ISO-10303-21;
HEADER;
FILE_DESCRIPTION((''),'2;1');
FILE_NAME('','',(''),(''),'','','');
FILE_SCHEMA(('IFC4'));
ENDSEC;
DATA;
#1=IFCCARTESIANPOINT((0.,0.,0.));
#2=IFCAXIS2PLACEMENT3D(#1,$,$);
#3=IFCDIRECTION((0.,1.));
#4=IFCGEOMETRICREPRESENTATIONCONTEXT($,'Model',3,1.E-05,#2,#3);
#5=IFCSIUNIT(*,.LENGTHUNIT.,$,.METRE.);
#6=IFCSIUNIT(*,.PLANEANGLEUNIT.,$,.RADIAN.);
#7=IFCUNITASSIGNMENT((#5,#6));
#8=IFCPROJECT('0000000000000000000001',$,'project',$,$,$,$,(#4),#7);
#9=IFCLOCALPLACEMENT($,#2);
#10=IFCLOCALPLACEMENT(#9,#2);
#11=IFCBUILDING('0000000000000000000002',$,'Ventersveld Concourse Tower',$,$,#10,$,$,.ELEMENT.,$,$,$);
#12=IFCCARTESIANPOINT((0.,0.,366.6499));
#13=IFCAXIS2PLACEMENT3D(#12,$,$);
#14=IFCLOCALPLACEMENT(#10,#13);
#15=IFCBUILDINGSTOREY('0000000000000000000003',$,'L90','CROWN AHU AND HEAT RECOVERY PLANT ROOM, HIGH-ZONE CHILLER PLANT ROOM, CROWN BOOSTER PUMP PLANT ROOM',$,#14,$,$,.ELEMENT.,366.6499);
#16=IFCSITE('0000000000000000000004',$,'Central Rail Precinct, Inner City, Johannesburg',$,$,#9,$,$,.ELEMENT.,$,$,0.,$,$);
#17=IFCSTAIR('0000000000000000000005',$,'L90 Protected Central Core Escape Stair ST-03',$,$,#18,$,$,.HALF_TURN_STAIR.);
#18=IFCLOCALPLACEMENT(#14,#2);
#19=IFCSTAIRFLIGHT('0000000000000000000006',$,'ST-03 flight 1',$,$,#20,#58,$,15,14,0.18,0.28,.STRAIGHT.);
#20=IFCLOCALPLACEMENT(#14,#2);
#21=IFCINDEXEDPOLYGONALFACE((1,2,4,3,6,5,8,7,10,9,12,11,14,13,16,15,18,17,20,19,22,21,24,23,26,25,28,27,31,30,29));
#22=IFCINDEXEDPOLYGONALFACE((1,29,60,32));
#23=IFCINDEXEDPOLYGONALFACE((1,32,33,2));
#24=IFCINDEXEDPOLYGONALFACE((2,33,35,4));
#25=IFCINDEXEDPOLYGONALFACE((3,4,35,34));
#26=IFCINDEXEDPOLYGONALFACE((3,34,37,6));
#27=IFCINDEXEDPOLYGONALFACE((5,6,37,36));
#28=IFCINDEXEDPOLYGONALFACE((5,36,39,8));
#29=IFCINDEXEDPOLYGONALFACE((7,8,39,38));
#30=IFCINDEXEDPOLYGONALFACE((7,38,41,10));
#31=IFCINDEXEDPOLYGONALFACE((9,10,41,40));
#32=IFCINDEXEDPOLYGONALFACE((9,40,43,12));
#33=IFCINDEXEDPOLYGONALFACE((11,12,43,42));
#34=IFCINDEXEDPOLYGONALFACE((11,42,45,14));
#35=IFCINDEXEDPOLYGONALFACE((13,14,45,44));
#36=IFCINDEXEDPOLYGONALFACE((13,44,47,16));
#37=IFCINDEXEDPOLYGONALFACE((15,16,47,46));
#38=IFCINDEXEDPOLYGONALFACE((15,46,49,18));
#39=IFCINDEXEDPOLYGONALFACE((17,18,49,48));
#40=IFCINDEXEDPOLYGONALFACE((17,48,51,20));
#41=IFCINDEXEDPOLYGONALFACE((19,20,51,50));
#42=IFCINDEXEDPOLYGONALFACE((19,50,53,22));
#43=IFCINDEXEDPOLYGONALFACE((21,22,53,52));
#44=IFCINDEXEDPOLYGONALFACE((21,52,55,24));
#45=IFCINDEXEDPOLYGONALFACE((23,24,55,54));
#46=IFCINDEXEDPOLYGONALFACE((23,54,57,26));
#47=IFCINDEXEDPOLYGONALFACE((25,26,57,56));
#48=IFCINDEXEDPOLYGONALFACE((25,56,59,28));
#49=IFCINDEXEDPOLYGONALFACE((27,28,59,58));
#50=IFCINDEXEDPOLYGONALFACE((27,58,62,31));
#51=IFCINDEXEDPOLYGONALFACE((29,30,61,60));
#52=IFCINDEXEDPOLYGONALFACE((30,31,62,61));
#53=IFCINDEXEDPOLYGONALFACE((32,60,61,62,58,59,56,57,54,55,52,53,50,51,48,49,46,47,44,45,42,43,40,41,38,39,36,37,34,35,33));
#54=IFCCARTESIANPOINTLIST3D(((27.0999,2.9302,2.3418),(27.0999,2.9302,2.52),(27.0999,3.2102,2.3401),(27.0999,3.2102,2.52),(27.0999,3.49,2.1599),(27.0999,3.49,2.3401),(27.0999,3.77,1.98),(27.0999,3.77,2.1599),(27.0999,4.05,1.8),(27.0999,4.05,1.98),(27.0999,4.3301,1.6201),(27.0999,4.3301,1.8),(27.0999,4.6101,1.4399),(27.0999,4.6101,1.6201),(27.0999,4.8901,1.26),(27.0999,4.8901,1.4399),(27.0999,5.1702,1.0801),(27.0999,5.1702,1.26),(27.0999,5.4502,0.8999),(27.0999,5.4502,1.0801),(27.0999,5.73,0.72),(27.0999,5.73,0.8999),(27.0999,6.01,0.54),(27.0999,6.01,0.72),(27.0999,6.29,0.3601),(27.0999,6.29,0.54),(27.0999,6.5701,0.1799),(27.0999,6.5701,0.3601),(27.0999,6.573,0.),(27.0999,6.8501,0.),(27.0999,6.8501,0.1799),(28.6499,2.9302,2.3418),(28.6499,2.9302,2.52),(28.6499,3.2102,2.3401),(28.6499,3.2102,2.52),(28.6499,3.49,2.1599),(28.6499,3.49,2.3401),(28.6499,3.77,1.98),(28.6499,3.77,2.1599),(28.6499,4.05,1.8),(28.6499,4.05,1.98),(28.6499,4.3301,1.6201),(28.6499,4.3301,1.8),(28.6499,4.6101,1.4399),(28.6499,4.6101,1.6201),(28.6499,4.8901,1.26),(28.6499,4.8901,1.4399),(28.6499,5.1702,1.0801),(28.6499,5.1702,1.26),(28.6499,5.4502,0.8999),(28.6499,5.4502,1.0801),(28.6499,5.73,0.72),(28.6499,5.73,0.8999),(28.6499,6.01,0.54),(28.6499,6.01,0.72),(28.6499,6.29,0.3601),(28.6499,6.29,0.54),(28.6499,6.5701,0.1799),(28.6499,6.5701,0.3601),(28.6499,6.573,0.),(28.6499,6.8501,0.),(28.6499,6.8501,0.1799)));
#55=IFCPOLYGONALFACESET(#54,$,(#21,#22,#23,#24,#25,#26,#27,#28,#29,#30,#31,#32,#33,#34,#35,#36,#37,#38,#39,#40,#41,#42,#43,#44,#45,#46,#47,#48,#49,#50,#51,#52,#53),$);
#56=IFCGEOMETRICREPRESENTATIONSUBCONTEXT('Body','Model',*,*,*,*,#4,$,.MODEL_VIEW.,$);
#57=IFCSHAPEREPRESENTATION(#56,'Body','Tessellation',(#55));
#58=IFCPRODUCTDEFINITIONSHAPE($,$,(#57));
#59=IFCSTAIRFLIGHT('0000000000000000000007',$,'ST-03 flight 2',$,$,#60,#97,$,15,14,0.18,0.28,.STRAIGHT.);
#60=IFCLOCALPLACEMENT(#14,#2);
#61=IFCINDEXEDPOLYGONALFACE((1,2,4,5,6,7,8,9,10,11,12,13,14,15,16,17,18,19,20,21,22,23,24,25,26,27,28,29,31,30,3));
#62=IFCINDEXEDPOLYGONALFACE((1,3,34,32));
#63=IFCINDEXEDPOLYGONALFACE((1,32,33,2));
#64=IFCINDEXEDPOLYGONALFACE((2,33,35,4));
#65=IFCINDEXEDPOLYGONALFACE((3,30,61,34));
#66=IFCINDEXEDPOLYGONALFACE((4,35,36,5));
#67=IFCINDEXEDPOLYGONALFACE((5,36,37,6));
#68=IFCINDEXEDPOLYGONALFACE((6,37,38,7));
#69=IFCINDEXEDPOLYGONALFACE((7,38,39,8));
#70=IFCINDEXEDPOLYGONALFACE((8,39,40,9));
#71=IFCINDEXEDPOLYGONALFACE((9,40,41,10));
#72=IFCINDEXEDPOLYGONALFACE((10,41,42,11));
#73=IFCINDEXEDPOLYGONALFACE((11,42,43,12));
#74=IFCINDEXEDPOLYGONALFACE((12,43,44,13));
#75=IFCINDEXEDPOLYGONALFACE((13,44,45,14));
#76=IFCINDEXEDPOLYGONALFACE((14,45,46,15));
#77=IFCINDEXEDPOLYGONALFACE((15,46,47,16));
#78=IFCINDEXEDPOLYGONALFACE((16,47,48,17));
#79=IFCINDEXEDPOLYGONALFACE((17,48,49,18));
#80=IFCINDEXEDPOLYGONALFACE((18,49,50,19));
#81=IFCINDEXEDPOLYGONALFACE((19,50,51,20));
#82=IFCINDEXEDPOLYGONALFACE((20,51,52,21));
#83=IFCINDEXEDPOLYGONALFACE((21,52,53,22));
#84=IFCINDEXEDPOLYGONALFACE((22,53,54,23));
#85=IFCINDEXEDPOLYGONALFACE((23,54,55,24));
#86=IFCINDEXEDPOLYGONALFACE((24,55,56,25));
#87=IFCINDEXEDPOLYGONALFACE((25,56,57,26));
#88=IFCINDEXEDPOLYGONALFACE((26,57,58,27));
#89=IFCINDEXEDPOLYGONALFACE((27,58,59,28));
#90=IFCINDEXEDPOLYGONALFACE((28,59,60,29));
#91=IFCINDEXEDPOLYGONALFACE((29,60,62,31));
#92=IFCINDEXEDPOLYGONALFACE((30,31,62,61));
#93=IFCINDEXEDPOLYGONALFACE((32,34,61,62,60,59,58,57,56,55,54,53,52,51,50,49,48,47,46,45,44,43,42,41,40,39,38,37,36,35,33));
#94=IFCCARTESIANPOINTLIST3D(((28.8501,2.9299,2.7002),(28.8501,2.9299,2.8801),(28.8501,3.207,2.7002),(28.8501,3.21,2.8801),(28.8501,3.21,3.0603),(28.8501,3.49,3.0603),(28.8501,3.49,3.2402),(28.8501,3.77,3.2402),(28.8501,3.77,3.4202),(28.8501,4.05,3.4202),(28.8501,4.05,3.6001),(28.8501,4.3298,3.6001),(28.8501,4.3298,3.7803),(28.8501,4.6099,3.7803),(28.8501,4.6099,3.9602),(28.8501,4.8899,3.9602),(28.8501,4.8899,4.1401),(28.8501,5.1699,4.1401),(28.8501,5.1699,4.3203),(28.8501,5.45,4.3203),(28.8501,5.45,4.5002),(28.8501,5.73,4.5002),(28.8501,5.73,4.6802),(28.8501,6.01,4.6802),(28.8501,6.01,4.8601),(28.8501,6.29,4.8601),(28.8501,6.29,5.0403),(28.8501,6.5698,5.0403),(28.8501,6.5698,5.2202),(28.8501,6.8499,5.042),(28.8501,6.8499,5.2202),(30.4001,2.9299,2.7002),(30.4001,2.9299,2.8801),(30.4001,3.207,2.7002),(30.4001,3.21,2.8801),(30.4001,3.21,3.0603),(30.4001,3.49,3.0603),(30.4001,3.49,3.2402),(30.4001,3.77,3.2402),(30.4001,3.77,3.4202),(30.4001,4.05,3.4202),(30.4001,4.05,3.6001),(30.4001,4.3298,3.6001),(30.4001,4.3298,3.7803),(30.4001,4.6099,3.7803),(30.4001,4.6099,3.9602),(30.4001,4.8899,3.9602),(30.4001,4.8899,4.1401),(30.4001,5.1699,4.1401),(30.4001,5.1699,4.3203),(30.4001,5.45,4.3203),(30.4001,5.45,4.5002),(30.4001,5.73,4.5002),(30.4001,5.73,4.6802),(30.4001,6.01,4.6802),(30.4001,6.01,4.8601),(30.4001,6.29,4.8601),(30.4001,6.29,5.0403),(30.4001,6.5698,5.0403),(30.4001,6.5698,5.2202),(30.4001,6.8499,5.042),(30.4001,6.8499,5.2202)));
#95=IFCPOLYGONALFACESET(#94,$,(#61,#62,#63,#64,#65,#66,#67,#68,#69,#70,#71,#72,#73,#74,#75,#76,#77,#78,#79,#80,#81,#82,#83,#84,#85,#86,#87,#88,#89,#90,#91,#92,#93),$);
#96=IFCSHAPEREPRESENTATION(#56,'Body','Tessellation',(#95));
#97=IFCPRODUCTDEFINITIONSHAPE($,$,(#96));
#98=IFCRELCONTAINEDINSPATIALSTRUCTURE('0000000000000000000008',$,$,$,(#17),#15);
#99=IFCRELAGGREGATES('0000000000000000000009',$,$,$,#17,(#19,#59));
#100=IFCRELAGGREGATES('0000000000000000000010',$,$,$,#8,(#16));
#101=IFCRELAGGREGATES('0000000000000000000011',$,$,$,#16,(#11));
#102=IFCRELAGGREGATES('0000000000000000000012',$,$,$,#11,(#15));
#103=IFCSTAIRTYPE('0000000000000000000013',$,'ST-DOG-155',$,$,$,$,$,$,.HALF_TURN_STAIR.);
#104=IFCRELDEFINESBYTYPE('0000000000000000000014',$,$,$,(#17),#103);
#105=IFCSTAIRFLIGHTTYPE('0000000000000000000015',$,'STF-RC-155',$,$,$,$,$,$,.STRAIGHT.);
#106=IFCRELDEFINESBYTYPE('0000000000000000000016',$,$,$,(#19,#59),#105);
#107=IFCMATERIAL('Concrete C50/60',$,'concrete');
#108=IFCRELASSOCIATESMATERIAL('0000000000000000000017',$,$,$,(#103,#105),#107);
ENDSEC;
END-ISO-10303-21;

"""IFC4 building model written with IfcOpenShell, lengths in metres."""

from ifc_helpers import new_model, si_unit, direction, frame, origin, place, context, subcontext, project, spatial, polyline, outline, extrude, material, type_object, element, aggregate, save


model = new_model("IFC4")

# Units and contexts
model_context = context("Model", 3, precision=1e-05, world=origin(), true_north=direction((0.0, 1.0)))
body_context = subcontext(model_context, "Body", "Model", "MODEL_VIEW")
ifc_project = project(units=[si_unit("LENGTHUNIT", "METRE"), si_unit("PLANEANGLEUNIT", "RADIAN")], contexts=[model_context])

# Site, building, storey
site_placement = place(None, origin())
site = spatial("IfcSite", under=ifc_project, at=site_placement, Name="Central Rail Precinct, Inner City, Johannesburg", CompositionType="ELEMENT", RefElevation=0.0)
building_placement = place(site_placement, origin())
building = spatial("IfcBuilding", under=site, at=building_placement, Name="Ventersveld Concourse Tower", CompositionType="ELEMENT")
storey_placement = place(building_placement, frame((0.0, 0.0, 366.6499)))
storey = spatial("IfcBuildingStorey", under=building, at=storey_placement, Name="L90", Description="CROWN AHU AND HEAT RECOVERY PLANT ROOM, HIGH-ZONE CHILLER PLANT ROOM, CROWN BOOSTER PUMP PLANT ROOM", CompositionType="ELEMENT", Elevation=366.6499)

# Shared definitions
ifc_material_1 = material(Name="Concrete C50/60", Category="concrete")

# Stair, stair flights
stair_type = type_object("IfcStairType", Name="ST-DOG-155", PredefinedType="HALF_TURN_STAIR", material=ifc_material_1)
stair_placement = place(storey_placement, origin())
stair = element("IfcStair", 1, at=stair_placement, inside=storey, type_object=stair_type, Name="L90 Protected Central Core Escape Stair ST-03", PredefinedType="HALF_TURN_STAIR")
stair_flight_type = type_object("IfcStairFlightType", Name="STF-RC-155", PredefinedType="STRAIGHT", material=ifc_material_1)
stair_flight_1_placement = place(storey_placement, frame((27.875, 6.8501, 0.0), z_axis=(0.0, 0.0, 1.0), x_axis=(0.0, -1.0, 0.0)))
stair_flight_1 = element("IfcStairFlight", 2, at=stair_flight_1_placement, type_object=stair_flight_type, Name="ST-03 flight 1", NumberOfRisers=15, NumberOfTreads=14, PredefinedType="STRAIGHT", RiserHeight=0.18, TreadLength=0.28, context=body_context, shape_type="SweptSolid", body=[
    extrude(outline(polyline([(0.0, 0.0), (0.0, 0.1799), (0.28, 0.1799), (0.28, 0.3601), (0.5601, 0.3601), (0.5601, 0.54), (0.8401, 0.54), (0.8401, 0.72), (1.1201, 0.72), (1.1201, 0.8999), (1.3999, 0.8999), (1.3999, 1.0801), (1.6799, 1.0801), (1.6799, 1.26), (1.96, 1.26), (1.96, 1.4399), (2.24, 1.4399), (2.24, 1.6201), (2.52, 1.6201), (2.52, 1.8), (2.8, 1.8), (2.8, 1.98), (3.0801, 1.98), (3.0801, 2.1599), (3.3601, 2.1599), (3.3601, 2.3401), (3.6399, 2.3401), (3.6399, 2.52), (3.9199, 2.52), (3.9199, 2.7), (3.9199, 2.3418), (0.2771, 0.0), (0.0, 0.0)])), frame((0.0, 0.7749, 0.0), z_axis=(0.0, -1.0, 0.0), x_axis=(1.0, 0.0, 0.0)), (0.0, 0.0, 1.0), 1.55),
])
stair_flight_2_placement = place(storey_placement, frame((29.625, 2.9299, 2.7002), z_axis=(0.0, 0.0, 1.0), x_axis=(0.0, 1.0, 0.0)))
stair_flight_2 = element("IfcStairFlight", 3, at=stair_flight_2_placement, type_object=stair_flight_type, Name="ST-03 flight 2", NumberOfRisers=15, NumberOfTreads=14, PredefinedType="STRAIGHT", RiserHeight=0.18, TreadLength=0.28, context=body_context, shape_type="SweptSolid", body=[
    extrude(outline(polyline([(0.0, 0.0), (0.0, 0.1799), (0.28, 0.1799), (0.28, 0.3601), (0.5601, 0.3601), (0.5601, 0.54), (0.8401, 0.54), (0.8401, 0.72), (1.1201, 0.72), (1.1201, 0.8999), (1.3999, 0.8999), (1.3999, 1.0801), (1.6799, 1.0801), (1.6799, 1.26), (1.96, 1.26), (1.96, 1.4399), (2.24, 1.4399), (2.24, 1.6201), (2.52, 1.6201), (2.52, 1.8), (2.8, 1.8), (2.8, 1.98), (3.0801, 1.98), (3.0801, 2.1599), (3.3601, 2.1599), (3.3601, 2.3401), (3.6399, 2.3401), (3.6399, 2.52), (3.9199, 2.52), (3.9199, 2.7), (3.9199, 2.3418), (0.2771, 0.0), (0.0, 0.0)])), frame((0.0, 0.7749, 0.0), z_axis=(0.0, -1.0, 0.0), x_axis=(1.0, 0.0, 0.0)), (0.0, 0.0, 1.0), 1.55),
])
aggregate(stair, [stair_flight_1, stair_flight_2])

save(model, "model.ifc")
